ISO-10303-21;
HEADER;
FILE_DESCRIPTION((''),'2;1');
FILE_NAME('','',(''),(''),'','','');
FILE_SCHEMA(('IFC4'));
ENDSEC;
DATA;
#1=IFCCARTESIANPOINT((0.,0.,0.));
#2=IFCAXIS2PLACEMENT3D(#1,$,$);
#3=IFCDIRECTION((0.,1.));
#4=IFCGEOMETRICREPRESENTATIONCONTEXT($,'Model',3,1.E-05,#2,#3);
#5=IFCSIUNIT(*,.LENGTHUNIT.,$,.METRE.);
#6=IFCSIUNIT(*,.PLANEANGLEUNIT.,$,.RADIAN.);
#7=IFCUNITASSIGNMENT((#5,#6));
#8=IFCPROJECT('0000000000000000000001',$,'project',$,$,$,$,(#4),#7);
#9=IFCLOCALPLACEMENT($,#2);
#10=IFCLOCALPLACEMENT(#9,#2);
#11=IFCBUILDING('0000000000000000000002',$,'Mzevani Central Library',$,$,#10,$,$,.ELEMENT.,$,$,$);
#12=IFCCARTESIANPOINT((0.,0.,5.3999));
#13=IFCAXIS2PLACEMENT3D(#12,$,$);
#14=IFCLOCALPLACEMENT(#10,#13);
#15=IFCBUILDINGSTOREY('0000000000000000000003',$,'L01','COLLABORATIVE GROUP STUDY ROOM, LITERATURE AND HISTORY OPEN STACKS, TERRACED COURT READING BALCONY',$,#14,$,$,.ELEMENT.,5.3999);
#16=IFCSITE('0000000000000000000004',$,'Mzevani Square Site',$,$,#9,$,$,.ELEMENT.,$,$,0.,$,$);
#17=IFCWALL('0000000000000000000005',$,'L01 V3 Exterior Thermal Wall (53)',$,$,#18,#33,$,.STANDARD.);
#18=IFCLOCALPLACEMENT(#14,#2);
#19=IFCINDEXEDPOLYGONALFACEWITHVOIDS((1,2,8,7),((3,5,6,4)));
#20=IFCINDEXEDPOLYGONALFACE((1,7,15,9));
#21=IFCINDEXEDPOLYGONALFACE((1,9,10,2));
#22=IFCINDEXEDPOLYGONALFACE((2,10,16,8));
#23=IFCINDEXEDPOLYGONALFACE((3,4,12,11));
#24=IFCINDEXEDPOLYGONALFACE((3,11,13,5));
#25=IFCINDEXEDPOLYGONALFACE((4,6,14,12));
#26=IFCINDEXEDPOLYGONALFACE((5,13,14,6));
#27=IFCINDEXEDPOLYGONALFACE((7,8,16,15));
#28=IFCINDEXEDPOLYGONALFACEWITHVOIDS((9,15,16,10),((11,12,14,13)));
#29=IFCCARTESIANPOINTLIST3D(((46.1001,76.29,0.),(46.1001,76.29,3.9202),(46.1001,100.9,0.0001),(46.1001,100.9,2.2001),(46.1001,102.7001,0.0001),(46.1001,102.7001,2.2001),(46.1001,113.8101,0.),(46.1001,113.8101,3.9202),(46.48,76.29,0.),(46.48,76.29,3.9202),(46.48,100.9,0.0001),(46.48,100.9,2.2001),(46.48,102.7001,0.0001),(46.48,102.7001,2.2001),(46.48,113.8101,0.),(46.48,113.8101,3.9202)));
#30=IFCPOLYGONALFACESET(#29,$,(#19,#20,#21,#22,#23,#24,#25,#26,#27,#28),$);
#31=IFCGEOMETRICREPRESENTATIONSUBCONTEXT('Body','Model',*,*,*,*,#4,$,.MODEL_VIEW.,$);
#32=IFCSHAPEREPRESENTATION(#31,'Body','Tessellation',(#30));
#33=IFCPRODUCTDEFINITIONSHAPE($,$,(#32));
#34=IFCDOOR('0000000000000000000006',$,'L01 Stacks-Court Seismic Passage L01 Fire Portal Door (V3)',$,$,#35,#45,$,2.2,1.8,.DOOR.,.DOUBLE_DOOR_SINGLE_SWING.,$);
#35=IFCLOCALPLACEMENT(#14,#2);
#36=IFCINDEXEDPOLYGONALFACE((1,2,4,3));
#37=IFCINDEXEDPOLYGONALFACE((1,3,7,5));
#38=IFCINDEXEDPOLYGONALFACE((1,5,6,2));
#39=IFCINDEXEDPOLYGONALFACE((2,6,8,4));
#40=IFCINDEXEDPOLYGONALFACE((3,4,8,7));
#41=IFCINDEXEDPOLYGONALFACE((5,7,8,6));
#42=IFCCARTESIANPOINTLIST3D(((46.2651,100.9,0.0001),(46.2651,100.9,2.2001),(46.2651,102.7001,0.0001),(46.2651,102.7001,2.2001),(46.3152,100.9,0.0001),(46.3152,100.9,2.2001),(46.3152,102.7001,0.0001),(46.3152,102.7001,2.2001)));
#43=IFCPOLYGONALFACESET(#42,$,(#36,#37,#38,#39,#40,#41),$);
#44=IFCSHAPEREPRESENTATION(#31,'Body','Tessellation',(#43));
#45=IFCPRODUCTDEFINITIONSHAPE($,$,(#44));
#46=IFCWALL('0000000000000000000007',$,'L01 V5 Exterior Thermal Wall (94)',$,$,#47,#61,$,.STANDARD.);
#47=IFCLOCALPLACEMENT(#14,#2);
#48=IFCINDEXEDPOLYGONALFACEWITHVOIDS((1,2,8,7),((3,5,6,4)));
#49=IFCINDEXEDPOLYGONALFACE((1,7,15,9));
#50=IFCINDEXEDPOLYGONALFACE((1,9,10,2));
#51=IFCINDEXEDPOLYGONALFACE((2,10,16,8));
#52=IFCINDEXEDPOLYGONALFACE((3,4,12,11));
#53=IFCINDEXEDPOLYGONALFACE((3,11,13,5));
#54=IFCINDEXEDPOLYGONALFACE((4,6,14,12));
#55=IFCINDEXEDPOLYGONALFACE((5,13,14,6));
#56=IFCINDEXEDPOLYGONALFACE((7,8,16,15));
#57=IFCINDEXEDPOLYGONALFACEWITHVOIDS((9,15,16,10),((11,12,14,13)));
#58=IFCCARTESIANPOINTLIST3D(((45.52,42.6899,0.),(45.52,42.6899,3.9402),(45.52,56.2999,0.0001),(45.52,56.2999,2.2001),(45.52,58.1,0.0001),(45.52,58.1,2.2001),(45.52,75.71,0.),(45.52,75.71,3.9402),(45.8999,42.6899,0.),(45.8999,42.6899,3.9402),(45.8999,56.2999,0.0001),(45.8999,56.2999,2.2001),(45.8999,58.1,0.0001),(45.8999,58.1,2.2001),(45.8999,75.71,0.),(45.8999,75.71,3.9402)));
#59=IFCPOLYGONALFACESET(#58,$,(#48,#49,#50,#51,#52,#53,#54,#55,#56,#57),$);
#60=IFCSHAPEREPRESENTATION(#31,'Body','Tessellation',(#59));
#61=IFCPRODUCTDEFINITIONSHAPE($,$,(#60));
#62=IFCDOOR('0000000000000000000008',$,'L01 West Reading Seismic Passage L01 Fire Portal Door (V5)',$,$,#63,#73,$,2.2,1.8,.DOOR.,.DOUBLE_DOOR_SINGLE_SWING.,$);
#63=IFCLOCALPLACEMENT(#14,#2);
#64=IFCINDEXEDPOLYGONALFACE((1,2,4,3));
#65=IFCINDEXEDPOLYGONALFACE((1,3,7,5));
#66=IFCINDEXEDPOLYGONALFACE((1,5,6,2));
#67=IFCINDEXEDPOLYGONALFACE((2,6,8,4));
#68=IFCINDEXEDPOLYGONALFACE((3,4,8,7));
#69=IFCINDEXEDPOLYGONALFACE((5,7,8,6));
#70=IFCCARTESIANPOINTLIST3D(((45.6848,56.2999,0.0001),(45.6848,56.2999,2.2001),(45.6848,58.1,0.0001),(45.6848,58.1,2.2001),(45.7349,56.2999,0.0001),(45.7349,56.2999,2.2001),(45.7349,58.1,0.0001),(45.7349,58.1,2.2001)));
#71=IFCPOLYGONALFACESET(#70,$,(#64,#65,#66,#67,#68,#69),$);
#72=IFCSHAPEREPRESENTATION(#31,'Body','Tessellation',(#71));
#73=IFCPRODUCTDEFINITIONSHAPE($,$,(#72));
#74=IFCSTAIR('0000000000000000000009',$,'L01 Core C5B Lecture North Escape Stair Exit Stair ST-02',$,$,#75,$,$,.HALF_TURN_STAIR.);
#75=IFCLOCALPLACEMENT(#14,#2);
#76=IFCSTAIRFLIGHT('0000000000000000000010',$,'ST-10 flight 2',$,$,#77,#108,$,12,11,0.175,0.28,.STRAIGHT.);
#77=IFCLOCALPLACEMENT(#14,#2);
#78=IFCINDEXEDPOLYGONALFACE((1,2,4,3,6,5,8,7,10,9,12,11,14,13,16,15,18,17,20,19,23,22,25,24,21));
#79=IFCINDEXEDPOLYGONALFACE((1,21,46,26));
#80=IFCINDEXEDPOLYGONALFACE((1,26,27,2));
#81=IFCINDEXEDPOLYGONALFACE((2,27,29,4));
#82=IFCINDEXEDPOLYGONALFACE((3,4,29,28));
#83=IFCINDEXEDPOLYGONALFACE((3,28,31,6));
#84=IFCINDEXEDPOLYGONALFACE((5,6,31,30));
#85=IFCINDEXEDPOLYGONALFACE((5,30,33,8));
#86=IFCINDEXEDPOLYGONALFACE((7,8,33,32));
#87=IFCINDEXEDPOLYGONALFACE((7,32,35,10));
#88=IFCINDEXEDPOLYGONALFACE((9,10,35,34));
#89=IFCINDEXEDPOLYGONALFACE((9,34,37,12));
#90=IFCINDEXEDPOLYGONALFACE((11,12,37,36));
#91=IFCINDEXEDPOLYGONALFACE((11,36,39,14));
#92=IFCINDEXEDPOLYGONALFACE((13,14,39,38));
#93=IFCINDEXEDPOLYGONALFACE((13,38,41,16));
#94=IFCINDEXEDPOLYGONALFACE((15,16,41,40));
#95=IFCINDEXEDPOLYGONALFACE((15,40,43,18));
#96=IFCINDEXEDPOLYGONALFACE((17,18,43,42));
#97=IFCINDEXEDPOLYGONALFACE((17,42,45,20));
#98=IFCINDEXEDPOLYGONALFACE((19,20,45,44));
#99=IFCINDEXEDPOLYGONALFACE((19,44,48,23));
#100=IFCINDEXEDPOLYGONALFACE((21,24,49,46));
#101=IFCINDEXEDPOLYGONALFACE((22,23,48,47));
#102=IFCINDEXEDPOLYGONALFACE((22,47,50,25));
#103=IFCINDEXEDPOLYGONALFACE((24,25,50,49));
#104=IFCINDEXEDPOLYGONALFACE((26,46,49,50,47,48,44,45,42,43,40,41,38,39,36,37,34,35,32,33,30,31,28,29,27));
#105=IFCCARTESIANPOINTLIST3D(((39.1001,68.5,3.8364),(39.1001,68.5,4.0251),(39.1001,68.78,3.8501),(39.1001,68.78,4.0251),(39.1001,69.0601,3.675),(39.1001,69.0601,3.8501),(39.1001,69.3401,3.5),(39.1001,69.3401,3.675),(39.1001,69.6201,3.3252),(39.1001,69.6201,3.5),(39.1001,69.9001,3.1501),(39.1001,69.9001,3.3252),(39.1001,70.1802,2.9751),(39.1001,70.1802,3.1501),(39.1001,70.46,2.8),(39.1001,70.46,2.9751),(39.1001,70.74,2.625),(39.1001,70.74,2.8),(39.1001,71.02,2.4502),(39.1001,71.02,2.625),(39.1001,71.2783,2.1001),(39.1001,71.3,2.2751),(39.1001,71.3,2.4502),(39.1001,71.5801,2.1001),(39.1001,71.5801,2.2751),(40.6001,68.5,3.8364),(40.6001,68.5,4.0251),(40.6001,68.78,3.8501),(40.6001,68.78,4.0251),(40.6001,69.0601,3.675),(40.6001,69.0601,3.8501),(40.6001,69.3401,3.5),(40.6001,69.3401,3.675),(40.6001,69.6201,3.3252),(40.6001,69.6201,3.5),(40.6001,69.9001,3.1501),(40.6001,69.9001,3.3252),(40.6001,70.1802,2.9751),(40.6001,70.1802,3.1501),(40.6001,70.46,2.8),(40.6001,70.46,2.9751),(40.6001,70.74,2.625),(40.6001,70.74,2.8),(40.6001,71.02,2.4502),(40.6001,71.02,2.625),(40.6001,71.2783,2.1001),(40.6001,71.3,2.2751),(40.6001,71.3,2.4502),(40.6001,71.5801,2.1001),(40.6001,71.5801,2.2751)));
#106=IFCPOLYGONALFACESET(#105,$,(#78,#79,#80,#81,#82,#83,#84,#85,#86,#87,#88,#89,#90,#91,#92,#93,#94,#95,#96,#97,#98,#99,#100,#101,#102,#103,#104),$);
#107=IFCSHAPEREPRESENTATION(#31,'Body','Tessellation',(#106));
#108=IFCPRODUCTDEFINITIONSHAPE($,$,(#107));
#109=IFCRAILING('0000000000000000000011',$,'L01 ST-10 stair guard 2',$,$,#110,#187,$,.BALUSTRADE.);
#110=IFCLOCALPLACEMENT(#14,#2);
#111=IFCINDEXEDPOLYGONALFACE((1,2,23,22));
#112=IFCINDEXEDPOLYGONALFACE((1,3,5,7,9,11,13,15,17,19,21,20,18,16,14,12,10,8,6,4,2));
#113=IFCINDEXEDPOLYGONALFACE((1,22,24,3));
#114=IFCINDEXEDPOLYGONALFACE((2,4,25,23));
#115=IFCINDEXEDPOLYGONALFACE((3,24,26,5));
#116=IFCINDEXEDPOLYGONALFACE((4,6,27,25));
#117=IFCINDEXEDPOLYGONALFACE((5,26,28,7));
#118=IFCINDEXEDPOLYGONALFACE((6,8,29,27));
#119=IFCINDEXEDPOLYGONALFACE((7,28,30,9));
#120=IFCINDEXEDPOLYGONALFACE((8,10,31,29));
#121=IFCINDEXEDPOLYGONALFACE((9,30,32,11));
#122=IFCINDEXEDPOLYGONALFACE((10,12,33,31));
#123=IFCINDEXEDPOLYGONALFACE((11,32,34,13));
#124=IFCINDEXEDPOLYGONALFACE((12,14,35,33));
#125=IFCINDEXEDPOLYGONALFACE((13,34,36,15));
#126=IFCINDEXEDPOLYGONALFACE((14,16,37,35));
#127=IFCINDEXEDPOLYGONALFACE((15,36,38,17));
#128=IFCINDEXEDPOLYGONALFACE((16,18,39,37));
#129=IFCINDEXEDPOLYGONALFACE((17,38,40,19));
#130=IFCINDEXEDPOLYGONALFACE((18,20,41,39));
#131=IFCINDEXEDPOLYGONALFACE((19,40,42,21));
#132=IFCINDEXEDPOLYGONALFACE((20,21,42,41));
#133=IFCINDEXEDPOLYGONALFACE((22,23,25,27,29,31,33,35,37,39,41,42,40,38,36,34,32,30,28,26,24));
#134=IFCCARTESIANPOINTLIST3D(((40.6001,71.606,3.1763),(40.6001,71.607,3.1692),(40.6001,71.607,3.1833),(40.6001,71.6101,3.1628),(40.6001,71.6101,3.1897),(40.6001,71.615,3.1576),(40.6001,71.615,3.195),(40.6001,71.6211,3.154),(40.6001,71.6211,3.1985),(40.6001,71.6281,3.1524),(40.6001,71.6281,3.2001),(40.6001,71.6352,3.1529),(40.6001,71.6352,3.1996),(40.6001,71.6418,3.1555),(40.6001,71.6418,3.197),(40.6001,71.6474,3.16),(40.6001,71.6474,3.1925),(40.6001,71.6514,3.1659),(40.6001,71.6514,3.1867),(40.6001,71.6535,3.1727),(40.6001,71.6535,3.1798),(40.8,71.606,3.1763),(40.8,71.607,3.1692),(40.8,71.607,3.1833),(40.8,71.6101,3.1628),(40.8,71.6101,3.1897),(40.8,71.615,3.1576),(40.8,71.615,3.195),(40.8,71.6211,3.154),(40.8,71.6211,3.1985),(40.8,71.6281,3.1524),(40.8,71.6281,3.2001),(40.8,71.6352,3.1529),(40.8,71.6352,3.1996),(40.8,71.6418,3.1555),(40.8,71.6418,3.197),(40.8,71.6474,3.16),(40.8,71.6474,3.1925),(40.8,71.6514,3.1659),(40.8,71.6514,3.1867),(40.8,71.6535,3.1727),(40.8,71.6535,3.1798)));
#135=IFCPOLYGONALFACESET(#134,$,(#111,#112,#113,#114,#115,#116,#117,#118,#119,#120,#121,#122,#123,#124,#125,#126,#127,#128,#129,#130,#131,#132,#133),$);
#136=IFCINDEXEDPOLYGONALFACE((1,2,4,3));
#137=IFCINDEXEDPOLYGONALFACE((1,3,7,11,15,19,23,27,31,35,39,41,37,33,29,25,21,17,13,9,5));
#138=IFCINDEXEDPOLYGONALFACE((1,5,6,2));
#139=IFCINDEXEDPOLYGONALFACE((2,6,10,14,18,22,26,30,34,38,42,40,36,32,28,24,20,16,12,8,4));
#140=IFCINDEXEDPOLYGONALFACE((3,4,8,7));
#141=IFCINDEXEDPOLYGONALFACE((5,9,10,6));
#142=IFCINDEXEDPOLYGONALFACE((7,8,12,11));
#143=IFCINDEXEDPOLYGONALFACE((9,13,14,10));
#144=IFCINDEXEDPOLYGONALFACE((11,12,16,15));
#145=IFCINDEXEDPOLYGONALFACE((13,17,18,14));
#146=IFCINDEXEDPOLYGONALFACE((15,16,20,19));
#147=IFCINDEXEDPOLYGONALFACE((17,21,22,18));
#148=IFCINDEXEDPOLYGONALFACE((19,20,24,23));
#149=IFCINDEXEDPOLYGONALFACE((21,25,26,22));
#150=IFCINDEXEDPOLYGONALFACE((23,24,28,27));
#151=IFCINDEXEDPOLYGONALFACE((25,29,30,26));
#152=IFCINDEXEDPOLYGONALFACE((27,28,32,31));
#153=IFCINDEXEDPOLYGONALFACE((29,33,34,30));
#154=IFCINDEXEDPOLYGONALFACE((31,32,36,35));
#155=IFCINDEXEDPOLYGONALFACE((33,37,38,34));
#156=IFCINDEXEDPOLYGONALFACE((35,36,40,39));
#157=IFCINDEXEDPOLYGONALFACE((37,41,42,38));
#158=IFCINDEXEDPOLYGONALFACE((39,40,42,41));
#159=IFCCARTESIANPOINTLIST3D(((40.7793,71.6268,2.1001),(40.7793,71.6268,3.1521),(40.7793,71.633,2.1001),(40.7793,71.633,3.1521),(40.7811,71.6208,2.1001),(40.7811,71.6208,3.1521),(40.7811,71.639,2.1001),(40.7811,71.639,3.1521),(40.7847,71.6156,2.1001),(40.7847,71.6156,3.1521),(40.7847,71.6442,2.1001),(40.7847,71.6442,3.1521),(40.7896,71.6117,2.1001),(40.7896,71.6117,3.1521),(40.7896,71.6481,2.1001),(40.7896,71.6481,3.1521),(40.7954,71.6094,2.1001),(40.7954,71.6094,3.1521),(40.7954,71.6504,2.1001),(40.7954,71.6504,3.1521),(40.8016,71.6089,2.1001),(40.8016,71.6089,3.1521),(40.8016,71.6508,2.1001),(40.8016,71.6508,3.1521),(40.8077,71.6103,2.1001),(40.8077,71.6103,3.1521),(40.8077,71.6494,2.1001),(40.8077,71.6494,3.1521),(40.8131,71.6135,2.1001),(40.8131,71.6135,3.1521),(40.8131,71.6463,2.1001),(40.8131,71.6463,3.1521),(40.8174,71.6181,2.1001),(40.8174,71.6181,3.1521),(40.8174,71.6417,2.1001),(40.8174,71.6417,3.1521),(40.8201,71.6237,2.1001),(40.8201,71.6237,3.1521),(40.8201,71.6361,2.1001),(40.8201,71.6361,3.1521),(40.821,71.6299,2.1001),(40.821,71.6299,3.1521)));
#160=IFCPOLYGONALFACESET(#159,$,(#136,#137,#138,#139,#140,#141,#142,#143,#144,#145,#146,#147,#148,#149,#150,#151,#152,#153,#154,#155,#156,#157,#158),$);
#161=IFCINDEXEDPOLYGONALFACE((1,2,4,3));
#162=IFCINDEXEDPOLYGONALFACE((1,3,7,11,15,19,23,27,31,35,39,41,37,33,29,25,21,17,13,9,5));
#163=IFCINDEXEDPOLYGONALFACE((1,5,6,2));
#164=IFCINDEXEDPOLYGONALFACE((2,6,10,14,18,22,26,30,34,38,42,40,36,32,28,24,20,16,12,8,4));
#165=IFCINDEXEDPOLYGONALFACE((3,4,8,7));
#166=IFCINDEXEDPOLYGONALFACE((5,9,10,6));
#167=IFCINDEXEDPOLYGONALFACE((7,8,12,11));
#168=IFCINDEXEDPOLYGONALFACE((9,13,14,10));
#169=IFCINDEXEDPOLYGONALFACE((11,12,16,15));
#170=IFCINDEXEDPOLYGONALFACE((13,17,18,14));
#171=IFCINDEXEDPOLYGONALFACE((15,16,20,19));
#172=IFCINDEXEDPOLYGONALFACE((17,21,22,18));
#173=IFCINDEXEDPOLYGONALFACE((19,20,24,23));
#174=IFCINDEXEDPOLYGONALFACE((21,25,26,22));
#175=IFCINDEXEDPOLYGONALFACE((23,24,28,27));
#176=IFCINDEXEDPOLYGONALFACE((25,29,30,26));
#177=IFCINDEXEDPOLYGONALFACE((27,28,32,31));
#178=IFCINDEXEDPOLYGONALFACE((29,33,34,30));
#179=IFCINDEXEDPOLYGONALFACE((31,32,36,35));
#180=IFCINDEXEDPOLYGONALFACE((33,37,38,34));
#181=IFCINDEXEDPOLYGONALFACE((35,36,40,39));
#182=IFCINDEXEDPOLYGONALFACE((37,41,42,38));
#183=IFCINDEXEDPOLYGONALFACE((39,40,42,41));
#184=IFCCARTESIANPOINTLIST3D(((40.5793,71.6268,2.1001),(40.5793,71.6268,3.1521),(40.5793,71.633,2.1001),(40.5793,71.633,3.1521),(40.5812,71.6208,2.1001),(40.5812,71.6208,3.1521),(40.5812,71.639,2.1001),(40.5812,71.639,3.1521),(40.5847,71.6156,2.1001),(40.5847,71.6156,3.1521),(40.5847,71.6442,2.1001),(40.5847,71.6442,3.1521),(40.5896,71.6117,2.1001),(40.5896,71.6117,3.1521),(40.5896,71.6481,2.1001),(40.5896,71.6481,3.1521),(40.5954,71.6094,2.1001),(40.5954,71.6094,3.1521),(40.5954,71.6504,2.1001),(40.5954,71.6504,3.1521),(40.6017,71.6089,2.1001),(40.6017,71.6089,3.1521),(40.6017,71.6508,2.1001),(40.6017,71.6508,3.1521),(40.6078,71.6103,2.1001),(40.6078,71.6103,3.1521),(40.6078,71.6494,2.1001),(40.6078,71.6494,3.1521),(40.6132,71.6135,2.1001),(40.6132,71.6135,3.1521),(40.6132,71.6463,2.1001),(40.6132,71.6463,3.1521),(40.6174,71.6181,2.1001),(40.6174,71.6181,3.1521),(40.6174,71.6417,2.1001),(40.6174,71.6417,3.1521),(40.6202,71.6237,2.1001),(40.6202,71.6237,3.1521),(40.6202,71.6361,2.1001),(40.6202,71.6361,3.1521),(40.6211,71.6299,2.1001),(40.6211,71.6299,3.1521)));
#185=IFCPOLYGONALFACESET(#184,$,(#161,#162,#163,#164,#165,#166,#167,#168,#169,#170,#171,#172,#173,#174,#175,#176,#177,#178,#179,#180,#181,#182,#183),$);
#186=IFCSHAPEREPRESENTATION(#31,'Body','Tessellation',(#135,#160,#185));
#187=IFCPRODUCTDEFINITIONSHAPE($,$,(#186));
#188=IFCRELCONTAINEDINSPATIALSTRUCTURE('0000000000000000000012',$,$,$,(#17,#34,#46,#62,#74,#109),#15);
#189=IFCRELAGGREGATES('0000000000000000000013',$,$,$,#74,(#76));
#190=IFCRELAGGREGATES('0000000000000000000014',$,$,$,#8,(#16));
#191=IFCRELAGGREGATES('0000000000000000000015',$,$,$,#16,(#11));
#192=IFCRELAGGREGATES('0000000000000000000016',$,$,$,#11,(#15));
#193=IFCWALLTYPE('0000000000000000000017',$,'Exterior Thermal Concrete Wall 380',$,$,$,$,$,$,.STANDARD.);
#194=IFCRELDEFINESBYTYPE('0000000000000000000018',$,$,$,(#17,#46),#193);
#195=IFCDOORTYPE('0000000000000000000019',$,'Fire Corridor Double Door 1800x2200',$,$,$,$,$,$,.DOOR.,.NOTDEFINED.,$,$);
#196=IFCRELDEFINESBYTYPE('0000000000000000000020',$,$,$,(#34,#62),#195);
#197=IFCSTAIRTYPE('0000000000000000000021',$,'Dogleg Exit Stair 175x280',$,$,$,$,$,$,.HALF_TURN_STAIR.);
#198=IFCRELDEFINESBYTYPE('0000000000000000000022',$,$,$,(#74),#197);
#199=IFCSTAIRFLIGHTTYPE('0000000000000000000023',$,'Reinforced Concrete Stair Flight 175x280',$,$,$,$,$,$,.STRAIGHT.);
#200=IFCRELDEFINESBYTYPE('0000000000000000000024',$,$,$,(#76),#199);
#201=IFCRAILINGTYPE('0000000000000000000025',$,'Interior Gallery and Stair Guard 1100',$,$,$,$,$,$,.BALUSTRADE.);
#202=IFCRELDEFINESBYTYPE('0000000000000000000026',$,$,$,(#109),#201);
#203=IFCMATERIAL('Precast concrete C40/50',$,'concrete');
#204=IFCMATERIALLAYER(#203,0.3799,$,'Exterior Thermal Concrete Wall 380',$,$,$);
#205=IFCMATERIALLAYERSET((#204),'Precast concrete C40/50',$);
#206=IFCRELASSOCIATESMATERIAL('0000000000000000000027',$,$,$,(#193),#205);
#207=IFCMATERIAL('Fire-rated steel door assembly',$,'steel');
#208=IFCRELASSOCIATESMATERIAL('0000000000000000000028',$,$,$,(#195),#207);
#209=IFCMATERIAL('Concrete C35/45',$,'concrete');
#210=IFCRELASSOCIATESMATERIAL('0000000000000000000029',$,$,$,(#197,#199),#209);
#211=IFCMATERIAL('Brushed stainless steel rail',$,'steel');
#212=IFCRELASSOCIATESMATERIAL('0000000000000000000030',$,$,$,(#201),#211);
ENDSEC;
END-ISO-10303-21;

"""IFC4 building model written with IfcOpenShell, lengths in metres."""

from ifc_helpers import new_model, si_unit, direction, frame, frame_2d, origin, origin_2d, place, context, subcontext, project, spatial, polyline, rectangle, circle, outline, extrude, material, layer, layer_set, type_object, element, fill, aggregate, save


model = new_model("IFC4")

# Units and contexts
model_context = context("Model", 3, precision=1e-05, world=origin(), true_north=direction((0.0, 1.0)))
body_context = subcontext(model_context, "Body", "Model", "MODEL_VIEW")
ifc_project = project(units=[si_unit("LENGTHUNIT", "METRE"), si_unit("PLANEANGLEUNIT", "RADIAN")], contexts=[model_context])

# Site, building, storey
site_placement = place(None, origin())
site = spatial("IfcSite", under=ifc_project, at=site_placement, Name="Mzevani Square Site", CompositionType="ELEMENT", RefElevation=0.0)
building_placement = place(site_placement, origin())
building = spatial("IfcBuilding", under=site, at=building_placement, Name="Mzevani Central Library", CompositionType="ELEMENT")
storey_placement = place(building_placement, frame((0.0, 0.0, 5.3999)))
storey = spatial("IfcBuildingStorey", under=building, at=storey_placement, Name="L01", Description="COLLABORATIVE GROUP STUDY ROOM, LITERATURE AND HISTORY OPEN STACKS, TERRACED COURT READING BALCONY", CompositionType="ELEMENT", Elevation=5.3999)

# Shared definitions
ifc_material_1 = material(Name="Concrete C35/45", Category="concrete")

# Shared definitions
ifc_material_2 = material(Name="Precast concrete C40/50", Category="concrete")

# Shared definitions
ifc_layer_1 = layer(ifc_material_2, 0.3799, Name="Exterior Thermal Concrete Wall 380")
ifc_layer_set_1 = layer_set([ifc_layer_1], Name="Precast concrete C40/50")
wall_type_1 = type_object("IfcWallType", Name="Exterior Thermal Concrete Wall 380", PredefinedType="STANDARD", material=ifc_layer_set_1)

# Walls, openings, doors
wall_1_placement = place(storey_placement, frame((46.29, 76.29, 0.0), z_axis=(0.0, 0.0, 1.0), x_axis=(0.0, 1.0, 0.0)))
wall_1 = element("IfcWall", 1, at=wall_1_placement, inside=storey, type_object=wall_type_1, Name="L01 V3 Exterior Thermal Wall (53)", PredefinedType="STANDARD", context=body_context, shape_type="SweptSolid", body=[
    extrude(rectangle(XDim=37.52, YDim=0.3799, at=frame_2d((18.76, 0.0))), origin(), (0.0, 0.0, 1.0), 3.9202),
])
opening_1_placement = place(wall_1_placement, frame((24.6101, 0.0, 0.0)))
opening_1 = element("IfcOpeningElement", 2, at=opening_1_placement, cuts=wall_1, PredefinedType="OPENING", context=body_context, shape_type="SweptSolid", body=[
    extrude(rectangle(XDim=1.8, YDim=2.2, at=frame_2d((0.8999, 1.1001))), frame((0.0, 0.2, 0.0), z_axis=(0.0, -1.0, 0.0), x_axis=(1.0, 0.0, 0.0)), (0.0, 0.0, 1.0), 0.3999),
])
ifc_material_3 = material(Name="Fire-rated steel door assembly", Category="steel")
door_type = type_object("IfcDoorType", Name="Fire Corridor Double Door 1800x2200", OperationType="NOTDEFINED", PredefinedType="DOOR", material=ifc_material_3)
door_1_placement = place(opening_1_placement, origin())
door_1 = element("IfcDoor", 3, at=door_1_placement, inside=storey, type_object=door_type, Name="L01 Stacks-Court Seismic Passage L01 Fire Portal Door (V3)", OperationType="DOUBLE_DOOR_SINGLE_SWING", OverallHeight=2.2, OverallWidth=1.8, PredefinedType="DOOR", context=body_context, shape_type="SweptSolid", body=[
    extrude(rectangle(XDim=1.8, YDim=2.2, at=frame_2d((0.8999, 1.1001))), frame((0.0, 0.0249, 0.0), z_axis=(0.0, -1.0, 0.0), x_axis=(1.0, 0.0, 0.0)), (0.0, 0.0, 1.0), 0.05),
])
fill(opening_1, door_1)
wall_2_placement = place(storey_placement, frame((45.71, 75.71, 0.0), z_axis=(0.0, 0.0, 1.0), x_axis=(0.0, -1.0, 0.0)))
wall_2 = element("IfcWall", 4, at=wall_2_placement, inside=storey, type_object=wall_type_1, Name="L01 V5 Exterior Thermal Wall (94)", PredefinedType="STANDARD", context=body_context, shape_type="SweptSolid", body=[
    extrude(rectangle(XDim=33.02, YDim=0.3799, at=frame_2d((16.51, 0.0))), origin(), (0.0, 0.0, 1.0), 3.9402),
])
opening_2_placement = place(wall_2_placement, frame((17.6101, 0.0, 0.0)))
opening_2 = element("IfcOpeningElement", 5, at=opening_2_placement, cuts=wall_2, PredefinedType="OPENING", context=body_context, shape_type="SweptSolid", body=[
    extrude(rectangle(XDim=1.8, YDim=2.2, at=frame_2d((0.8999, 1.1001))), frame((0.0, 0.2, 0.0), z_axis=(0.0, -1.0, 0.0), x_axis=(1.0, 0.0, 0.0)), (0.0, 0.0, 1.0), 0.3999),
])
door_2_placement = place(opening_2_placement, origin())
door_2 = element("IfcDoor", 6, at=door_2_placement, inside=storey, type_object=door_type, Name="L01 West Reading Seismic Passage L01 Fire Portal Door (V5)", OperationType="DOUBLE_DOOR_SINGLE_SWING", OverallHeight=2.2, OverallWidth=1.8, PredefinedType="DOOR", context=body_context, shape_type="SweptSolid", body=[
    extrude(rectangle(XDim=1.8, YDim=2.2, at=frame_2d((0.8999, 1.1001))), frame((0.0, 0.0249, 0.0), z_axis=(0.0, -1.0, 0.0), x_axis=(1.0, 0.0, 0.0)), (0.0, 0.0, 1.0), 0.05),
])
fill(opening_2, door_2)

# Stair, stair flight
stair_type = type_object("IfcStairType", Name="Dogleg Exit Stair 175x280", PredefinedType="HALF_TURN_STAIR", material=ifc_material_1)
stair_placement = place(storey_placement, origin())
stair = element("IfcStair", 7, at=stair_placement, inside=storey, type_object=stair_type, Name="L01 Core C5B Lecture North Escape Stair Exit Stair ST-02", PredefinedType="HALF_TURN_STAIR")
stair_flight_type = type_object("IfcStairFlightType", Name="Reinforced Concrete Stair Flight 175x280", PredefinedType="STRAIGHT", material=ifc_material_1)
stair_flight_placement = place(storey_placement, frame((39.8501, 71.5801, 2.1001), z_axis=(0.0, 0.0, 1.0), x_axis=(0.0, -1.0, 0.0)))
stair_flight = element("IfcStairFlight", 8, at=stair_flight_placement, type_object=stair_flight_type, Name="ST-10 flight 2", NumberOfRisers=12, NumberOfTreads=11, PredefinedType="STRAIGHT", RiserHeight=0.175, TreadLength=0.28, context=body_context, shape_type="SweptSolid", body=[
    extrude(outline(polyline([(0.0, 0.0), (0.0, 0.175), (0.28, 0.175), (0.28, 0.3501), (0.5601, 0.3501), (0.5601, 0.5249), (0.8401, 0.5249), (0.8401, 0.7), (1.1201, 0.7), (1.1201, 0.875), (1.3999, 0.875), (1.3999, 1.05), (1.6799, 1.05), (1.6799, 1.2251), (1.96, 1.2251), (1.96, 1.3999), (2.24, 1.3999), (2.24, 1.575), (2.52, 1.575), (2.52, 1.75), (2.8, 1.75), (2.8, 1.925), (3.0801, 1.925), (3.0801, 2.1001), (3.0801, 1.7363), (0.3018, 0.0), (0.0, 0.0)])), frame((0.0, 0.75, 0.0), z_axis=(0.0, -1.0, 0.0), x_axis=(1.0, 0.0, 0.0)), (0.0, 0.0, 1.0), 1.5),
])
aggregate(stair, [stair_flight])

# Railing
ifc_material_4 = material(Name="Brushed stainless steel rail", Category="steel")
railing_type_1 = type_object("IfcRailingType", Name="Interior Gallery and Stair Guard 1100", PredefinedType="BALUSTRADE", material=ifc_material_4)
railing_1_placement = place(storey_placement, frame((40.8, 71.6299, 2.1001)))
element("IfcRailing", 9, at=railing_1_placement, inside=storey, type_object=railing_type_1, Name="L01 ST-10 stair guard 2", PredefinedType="BALUSTRADE", context=body_context, shape_type="SweptSolid", body=[
    extrude(circle(Radius=0.0239, at=origin_2d()), frame((0.0, 0.0, 1.0762), z_axis=(-1.0, 0.0, 0.0), x_axis=(0.0, -1.0, 0.0)), (0.0, 0.0, 1.0), 0.2),
    extrude(circle(Radius=0.021, at=origin_2d()), origin(), (0.0, 0.0, 1.0), 1.052),
    extrude(circle(Radius=0.021, at=origin_2d()), frame((-0.2, 0.0, 0.0)), (0.0, 0.0, 1.0), 1.052),
])

save(model, "model.ifc")
